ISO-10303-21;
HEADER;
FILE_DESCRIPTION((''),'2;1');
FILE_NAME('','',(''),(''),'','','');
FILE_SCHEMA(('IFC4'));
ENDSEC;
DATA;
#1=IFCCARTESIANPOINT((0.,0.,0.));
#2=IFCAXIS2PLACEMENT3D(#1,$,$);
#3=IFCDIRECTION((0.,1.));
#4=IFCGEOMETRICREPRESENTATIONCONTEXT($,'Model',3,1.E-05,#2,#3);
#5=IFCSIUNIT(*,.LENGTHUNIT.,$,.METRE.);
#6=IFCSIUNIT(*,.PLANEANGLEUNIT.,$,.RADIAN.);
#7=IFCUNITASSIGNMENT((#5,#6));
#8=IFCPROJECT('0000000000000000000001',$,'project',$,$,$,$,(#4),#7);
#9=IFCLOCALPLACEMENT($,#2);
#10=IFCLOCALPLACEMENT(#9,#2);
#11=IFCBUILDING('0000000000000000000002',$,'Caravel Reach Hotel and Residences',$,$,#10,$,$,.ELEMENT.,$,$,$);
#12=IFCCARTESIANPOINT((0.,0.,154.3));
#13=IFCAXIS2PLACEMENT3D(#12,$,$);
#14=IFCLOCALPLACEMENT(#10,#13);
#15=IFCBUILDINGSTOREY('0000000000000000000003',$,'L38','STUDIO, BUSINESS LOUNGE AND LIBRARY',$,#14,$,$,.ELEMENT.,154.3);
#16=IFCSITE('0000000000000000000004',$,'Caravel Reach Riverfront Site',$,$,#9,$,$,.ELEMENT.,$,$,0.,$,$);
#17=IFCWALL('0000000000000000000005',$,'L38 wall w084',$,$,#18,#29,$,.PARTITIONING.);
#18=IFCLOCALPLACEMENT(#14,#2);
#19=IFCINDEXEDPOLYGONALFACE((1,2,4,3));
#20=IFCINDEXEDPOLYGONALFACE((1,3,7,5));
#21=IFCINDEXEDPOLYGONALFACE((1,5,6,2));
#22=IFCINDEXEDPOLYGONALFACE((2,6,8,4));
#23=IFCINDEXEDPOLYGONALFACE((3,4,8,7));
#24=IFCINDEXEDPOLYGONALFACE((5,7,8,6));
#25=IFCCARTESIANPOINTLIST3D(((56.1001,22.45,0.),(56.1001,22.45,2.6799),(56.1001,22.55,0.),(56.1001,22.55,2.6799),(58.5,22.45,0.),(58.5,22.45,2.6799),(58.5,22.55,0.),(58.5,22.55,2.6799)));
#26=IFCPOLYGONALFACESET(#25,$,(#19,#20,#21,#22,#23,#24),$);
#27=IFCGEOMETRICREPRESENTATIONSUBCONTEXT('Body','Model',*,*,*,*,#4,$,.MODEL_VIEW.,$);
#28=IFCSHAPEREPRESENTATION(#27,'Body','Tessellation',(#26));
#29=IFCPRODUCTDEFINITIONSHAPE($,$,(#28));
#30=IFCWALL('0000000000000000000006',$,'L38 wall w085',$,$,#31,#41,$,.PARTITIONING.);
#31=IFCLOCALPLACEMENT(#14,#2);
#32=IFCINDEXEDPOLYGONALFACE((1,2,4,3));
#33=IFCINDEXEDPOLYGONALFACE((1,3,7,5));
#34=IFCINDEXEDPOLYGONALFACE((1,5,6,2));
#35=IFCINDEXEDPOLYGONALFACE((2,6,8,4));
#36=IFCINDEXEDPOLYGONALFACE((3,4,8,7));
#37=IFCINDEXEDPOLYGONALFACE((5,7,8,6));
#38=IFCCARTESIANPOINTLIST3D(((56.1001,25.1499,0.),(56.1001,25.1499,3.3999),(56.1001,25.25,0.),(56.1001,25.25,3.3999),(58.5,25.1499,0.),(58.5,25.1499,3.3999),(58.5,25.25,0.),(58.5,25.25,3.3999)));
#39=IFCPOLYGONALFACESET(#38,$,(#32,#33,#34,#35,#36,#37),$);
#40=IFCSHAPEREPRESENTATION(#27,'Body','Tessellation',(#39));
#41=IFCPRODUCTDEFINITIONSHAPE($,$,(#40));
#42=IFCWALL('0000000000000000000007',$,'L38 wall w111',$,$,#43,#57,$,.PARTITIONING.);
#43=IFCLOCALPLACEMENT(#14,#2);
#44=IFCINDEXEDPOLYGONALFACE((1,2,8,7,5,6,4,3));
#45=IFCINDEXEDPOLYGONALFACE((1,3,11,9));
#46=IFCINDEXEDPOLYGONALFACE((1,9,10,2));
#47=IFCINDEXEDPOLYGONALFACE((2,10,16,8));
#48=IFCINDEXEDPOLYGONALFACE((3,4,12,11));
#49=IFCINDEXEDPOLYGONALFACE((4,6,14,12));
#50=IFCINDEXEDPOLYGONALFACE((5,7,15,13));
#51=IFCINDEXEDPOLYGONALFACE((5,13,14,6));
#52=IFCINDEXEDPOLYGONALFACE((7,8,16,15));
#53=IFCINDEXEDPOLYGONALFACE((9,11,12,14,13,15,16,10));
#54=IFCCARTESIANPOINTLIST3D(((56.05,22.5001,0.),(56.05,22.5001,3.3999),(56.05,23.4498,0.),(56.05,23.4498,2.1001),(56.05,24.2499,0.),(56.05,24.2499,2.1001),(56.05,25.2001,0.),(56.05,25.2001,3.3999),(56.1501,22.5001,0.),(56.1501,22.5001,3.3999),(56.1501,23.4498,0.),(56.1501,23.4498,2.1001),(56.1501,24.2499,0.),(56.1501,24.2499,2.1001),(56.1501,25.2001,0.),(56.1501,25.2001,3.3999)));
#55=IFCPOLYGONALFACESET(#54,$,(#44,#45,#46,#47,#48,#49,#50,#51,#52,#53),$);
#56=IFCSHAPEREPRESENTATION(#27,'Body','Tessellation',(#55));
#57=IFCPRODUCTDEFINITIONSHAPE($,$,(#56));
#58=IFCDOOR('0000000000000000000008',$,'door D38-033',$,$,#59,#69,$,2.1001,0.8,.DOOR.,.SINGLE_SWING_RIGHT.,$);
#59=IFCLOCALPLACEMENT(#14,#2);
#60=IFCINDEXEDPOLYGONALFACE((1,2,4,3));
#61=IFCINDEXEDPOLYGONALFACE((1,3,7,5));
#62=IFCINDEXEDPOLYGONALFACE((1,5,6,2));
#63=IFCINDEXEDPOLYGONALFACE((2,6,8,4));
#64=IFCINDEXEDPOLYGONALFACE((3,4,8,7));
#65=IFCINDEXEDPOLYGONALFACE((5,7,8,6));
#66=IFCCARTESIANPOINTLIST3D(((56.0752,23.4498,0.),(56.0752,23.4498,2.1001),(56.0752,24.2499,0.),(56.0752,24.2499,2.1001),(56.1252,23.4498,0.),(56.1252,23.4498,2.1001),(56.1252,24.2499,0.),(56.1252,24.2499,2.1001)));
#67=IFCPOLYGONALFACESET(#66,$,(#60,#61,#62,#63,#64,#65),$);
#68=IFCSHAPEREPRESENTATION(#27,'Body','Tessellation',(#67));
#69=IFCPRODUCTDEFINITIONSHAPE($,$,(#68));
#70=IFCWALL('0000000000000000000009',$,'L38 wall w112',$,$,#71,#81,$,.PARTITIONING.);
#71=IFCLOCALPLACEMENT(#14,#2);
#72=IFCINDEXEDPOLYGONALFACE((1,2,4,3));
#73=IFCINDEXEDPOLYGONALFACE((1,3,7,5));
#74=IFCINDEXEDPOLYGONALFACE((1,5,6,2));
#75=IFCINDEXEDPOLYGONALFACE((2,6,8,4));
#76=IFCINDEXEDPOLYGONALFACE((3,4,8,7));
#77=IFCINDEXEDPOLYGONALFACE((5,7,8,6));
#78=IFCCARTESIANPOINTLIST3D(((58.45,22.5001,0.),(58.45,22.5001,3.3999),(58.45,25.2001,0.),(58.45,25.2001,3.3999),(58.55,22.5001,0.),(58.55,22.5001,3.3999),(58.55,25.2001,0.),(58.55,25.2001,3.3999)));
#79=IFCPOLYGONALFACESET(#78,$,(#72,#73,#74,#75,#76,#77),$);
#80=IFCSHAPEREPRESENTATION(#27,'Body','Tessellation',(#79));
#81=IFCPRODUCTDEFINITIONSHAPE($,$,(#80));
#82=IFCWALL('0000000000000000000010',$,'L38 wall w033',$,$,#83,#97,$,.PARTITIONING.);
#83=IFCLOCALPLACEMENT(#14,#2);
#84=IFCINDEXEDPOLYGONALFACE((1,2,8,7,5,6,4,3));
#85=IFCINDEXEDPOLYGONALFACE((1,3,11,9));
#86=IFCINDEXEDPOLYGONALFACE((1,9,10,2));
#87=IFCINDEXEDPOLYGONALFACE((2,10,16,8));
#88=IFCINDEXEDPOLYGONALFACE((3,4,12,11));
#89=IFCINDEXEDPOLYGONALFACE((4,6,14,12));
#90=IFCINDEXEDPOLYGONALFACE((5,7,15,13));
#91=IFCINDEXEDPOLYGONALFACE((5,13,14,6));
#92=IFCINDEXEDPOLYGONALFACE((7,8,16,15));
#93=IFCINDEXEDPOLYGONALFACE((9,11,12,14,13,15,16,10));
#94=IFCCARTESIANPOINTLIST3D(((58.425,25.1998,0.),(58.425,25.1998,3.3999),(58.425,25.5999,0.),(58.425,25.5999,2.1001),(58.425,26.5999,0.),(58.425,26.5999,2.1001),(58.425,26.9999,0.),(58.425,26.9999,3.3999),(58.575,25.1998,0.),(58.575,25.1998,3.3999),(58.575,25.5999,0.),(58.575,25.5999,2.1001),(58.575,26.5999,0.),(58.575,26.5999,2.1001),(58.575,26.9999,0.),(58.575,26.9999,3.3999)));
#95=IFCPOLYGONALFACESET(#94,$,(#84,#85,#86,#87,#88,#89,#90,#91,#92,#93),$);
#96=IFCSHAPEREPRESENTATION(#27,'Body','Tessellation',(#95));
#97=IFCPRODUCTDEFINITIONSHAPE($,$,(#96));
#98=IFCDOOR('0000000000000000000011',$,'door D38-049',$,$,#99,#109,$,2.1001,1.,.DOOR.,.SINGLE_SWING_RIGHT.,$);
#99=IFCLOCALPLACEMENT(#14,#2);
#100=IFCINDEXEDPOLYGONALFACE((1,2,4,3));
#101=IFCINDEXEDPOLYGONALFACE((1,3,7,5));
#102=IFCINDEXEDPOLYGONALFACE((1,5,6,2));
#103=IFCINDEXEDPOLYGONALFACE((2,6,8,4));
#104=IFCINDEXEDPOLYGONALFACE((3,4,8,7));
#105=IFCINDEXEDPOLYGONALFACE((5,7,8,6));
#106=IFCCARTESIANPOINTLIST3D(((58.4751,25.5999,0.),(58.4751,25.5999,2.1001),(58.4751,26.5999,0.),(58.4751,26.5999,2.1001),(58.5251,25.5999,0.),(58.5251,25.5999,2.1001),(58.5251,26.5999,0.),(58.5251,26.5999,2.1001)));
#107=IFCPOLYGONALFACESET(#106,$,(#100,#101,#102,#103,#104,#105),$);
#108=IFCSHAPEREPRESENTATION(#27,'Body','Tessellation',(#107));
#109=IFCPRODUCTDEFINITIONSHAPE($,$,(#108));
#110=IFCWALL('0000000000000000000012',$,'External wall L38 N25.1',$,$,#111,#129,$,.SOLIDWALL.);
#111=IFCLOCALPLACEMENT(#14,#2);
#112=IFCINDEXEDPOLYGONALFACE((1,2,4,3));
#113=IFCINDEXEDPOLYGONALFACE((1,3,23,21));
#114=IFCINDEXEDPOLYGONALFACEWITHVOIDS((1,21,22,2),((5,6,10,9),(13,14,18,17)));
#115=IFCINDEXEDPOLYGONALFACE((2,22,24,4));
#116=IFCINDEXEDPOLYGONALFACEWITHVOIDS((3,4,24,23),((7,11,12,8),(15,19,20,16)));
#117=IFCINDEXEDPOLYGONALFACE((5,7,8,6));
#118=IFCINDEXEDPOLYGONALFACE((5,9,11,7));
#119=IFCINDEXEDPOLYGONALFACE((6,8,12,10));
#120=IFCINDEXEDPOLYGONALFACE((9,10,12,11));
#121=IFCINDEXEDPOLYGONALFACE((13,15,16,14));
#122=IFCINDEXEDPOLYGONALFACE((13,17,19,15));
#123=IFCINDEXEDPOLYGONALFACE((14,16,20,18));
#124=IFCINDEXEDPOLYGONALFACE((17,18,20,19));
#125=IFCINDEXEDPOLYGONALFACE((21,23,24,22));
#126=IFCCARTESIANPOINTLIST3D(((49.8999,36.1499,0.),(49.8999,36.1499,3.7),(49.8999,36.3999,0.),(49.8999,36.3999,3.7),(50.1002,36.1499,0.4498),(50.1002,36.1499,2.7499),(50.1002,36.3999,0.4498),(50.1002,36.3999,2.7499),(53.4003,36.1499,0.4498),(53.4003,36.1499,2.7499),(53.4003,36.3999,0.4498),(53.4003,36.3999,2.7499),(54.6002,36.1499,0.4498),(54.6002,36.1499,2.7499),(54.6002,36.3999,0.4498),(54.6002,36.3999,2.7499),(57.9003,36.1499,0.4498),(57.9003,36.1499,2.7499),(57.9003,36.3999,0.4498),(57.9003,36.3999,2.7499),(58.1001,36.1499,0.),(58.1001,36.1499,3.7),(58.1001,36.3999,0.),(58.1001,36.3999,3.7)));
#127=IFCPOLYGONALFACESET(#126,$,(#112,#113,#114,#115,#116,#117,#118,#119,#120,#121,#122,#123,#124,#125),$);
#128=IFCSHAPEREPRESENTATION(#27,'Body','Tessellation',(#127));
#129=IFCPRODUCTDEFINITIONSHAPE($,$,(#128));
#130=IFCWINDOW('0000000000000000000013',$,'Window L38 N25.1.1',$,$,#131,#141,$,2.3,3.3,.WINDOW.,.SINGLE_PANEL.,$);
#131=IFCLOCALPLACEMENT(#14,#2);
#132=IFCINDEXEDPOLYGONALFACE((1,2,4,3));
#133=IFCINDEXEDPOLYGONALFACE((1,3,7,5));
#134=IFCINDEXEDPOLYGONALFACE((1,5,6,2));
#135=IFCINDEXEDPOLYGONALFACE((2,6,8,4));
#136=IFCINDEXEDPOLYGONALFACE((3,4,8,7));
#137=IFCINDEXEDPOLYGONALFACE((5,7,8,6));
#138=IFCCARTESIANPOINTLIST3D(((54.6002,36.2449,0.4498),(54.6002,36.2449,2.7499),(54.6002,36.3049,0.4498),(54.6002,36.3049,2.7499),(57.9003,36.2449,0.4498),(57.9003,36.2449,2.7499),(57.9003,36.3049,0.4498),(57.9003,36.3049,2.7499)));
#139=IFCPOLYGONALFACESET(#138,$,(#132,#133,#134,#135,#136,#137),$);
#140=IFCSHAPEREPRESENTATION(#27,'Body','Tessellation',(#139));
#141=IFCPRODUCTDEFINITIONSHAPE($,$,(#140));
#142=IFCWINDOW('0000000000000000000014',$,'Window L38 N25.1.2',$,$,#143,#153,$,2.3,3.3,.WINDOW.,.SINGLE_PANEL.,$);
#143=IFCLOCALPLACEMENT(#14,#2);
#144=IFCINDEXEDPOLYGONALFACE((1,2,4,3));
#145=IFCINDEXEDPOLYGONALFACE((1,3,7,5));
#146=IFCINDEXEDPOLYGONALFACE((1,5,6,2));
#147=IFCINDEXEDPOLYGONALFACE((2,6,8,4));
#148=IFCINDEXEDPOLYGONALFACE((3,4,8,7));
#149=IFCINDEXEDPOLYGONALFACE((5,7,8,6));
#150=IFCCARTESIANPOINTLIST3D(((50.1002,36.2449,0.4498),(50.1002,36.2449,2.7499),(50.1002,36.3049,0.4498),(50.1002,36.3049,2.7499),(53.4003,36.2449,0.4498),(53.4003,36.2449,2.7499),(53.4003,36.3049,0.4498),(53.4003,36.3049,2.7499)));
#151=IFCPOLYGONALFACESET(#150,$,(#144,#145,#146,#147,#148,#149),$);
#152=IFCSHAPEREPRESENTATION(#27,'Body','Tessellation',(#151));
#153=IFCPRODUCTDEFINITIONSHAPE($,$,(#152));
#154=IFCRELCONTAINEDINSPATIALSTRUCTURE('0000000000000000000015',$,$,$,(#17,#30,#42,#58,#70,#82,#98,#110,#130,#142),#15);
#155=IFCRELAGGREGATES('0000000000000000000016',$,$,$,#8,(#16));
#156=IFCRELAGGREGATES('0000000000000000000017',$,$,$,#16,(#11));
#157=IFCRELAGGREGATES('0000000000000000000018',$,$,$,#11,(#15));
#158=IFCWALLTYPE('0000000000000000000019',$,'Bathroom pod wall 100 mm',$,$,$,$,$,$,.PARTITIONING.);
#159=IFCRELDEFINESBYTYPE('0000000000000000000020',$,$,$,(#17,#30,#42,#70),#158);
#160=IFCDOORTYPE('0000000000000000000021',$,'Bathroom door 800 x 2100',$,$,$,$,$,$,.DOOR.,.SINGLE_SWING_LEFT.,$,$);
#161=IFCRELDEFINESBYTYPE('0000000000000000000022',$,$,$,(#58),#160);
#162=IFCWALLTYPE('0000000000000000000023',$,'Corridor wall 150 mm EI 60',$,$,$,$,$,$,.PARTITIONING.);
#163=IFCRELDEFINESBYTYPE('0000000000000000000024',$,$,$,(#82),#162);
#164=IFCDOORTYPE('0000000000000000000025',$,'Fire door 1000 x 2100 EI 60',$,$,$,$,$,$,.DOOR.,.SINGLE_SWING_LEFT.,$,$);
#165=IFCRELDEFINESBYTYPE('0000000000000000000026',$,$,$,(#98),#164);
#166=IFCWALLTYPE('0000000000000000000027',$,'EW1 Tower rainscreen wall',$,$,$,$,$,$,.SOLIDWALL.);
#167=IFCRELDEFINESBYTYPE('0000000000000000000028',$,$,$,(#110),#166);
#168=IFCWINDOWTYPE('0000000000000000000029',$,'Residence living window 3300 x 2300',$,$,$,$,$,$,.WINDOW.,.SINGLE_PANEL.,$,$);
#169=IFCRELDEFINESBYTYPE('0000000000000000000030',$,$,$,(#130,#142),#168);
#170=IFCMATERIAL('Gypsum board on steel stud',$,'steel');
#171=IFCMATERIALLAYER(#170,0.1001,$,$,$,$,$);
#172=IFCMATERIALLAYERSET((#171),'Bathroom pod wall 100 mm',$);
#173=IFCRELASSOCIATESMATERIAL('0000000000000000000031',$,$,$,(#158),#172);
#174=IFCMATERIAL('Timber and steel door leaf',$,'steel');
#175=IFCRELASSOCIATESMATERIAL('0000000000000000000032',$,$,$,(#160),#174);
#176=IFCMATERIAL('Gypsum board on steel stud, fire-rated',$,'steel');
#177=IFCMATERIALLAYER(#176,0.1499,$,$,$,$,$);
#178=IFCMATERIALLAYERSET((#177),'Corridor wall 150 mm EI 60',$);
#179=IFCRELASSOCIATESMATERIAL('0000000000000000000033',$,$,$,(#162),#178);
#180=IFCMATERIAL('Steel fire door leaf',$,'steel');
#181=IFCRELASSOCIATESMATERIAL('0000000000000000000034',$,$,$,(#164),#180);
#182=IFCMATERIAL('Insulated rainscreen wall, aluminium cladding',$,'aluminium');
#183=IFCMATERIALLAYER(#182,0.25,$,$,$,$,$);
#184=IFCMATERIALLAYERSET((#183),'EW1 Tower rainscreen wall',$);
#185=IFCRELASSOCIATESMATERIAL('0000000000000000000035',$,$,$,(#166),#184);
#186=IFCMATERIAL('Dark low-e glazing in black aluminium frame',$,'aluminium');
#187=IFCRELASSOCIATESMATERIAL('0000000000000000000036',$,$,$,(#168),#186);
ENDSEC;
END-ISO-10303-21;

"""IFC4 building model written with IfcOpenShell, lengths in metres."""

from ifc_helpers import new_model, si_unit, direction, frame, frame_2d, origin, place, context, subcontext, project, spatial, rectangle, extrude, material, layer, layer_set, type_object, element, fill, save


model = new_model("IFC4")

# Units and contexts
model_context = context("Model", 3, precision=1e-05, world=origin(), true_north=direction((0.0, 1.0)))
body_context = subcontext(model_context, "Body", "Model", "MODEL_VIEW")
ifc_project = project(units=[si_unit("LENGTHUNIT", "METRE"), si_unit("PLANEANGLEUNIT", "RADIAN")], contexts=[model_context])

# Site, building, storey
site_placement = place(None, origin())
site = spatial("IfcSite", under=ifc_project, at=site_placement, Name="Caravel Reach Riverfront Site", CompositionType="ELEMENT", RefElevation=0.0)
building_placement = place(site_placement, origin())
building = spatial("IfcBuilding", under=site, at=building_placement, Name="Caravel Reach Hotel and Residences", CompositionType="ELEMENT")
storey_placement = place(building_placement, frame((0.0, 0.0, 154.3)))
storey = spatial("IfcBuildingStorey", under=building, at=storey_placement, Name="L38", Description="STUDIO, BUSINESS LOUNGE AND LIBRARY", CompositionType="ELEMENT", Elevation=154.3)

# Walls
ifc_material_1 = material(Name="Gypsum board on steel stud", Category="steel")
ifc_layer_1 = layer(ifc_material_1, 0.1001)
ifc_layer_set_1 = layer_set([ifc_layer_1], Name="Bathroom pod wall 100 mm")
wall_type_1 = type_object("IfcWallType", Name="Bathroom pod wall 100 mm", PredefinedType="PARTITIONING", material=ifc_layer_set_1)
wall_1_placement = place(storey_placement, frame((56.1001, 22.5, 0.0), z_axis=(0.0, 0.0, 1.0), x_axis=(1.0, 0.0, 0.0)))
element("IfcWall", 1, at=wall_1_placement, inside=storey, type_object=wall_type_1, Name="L38 wall w084", PredefinedType="PARTITIONING", context=body_context, shape_type="SweptSolid", body=[
    extrude(rectangle(XDim=2.3999, YDim=0.1001, at=frame_2d((1.2, 0.0))), origin(), (0.0, 0.0, 1.0), 2.6799),
])
wall_2_placement = place(storey_placement, frame((56.1001, 25.2, 0.0), z_axis=(0.0, 0.0, 1.0), x_axis=(1.0, 0.0, 0.0)))
element("IfcWall", 2, at=wall_2_placement, inside=storey, type_object=wall_type_1, Name="L38 wall w085", PredefinedType="PARTITIONING", context=body_context, shape_type="SweptSolid", body=[
    extrude(rectangle(XDim=2.3999, YDim=0.1001, at=frame_2d((1.2, 0.0))), origin(), (0.0, 0.0, 1.0), 3.3999),
])

# Wall, opening, door
wall_3_placement = place(storey_placement, frame((56.1001, 22.5, 0.0), z_axis=(0.0, 0.0, 1.0), x_axis=(0.0, 1.0, 0.0)))
wall_3 = element("IfcWall", 3, at=wall_3_placement, inside=storey, type_object=wall_type_1, Name="L38 wall w111", PredefinedType="PARTITIONING", context=body_context, shape_type="SweptSolid", body=[
    extrude(rectangle(XDim=2.7, YDim=0.1001, at=frame_2d((1.3501, 0.0))), origin(), (0.0, 0.0, 1.0), 3.3999),
])
opening_1_placement = place(wall_3_placement, frame((0.95, 0.0, 0.0)))
opening_1 = element("IfcOpeningElement", 4, at=opening_1_placement, cuts=wall_3, PredefinedType="OPENING", context=body_context, shape_type="SweptSolid", body=[
    extrude(rectangle(XDim=0.8, YDim=2.1001, at=frame_2d((0.3999, 1.05))), frame((0.0, 0.0601, 0.0), z_axis=(0.0, -1.0, 0.0), x_axis=(1.0, 0.0, 0.0)), (0.0, 0.0, 1.0), 0.1201),
])
ifc_material_2 = material(Name="Timber and steel door leaf", Category="steel")
door_type_1 = type_object("IfcDoorType", Name="Bathroom door 800 x 2100", OperationType="SINGLE_SWING_LEFT", PredefinedType="DOOR", material=ifc_material_2)
door_1_placement = place(opening_1_placement, origin())
door_1 = element("IfcDoor", 5, at=door_1_placement, inside=storey, type_object=door_type_1, Name="door D38-033", OperationType="SINGLE_SWING_RIGHT", OverallHeight=2.1001, OverallWidth=0.8, PredefinedType="DOOR", context=body_context, shape_type="SweptSolid", body=[
    extrude(rectangle(XDim=0.8, YDim=2.1001, at=frame_2d((0.3999, 1.05))), frame((0.0, 0.0249, 0.0), z_axis=(0.0, -1.0, 0.0), x_axis=(1.0, 0.0, 0.0)), (0.0, 0.0, 1.0), 0.05),
])
fill(opening_1, door_1)

# Wall
wall_4_placement = place(storey_placement, frame((58.5, 22.5, 0.0), z_axis=(0.0, 0.0, 1.0), x_axis=(0.0, 1.0, 0.0)))
element("IfcWall", 6, at=wall_4_placement, inside=storey, type_object=wall_type_1, Name="L38 wall w112", PredefinedType="PARTITIONING", context=body_context, shape_type="SweptSolid", body=[
    extrude(rectangle(XDim=2.7, YDim=0.1001, at=frame_2d((1.3501, 0.0))), origin(), (0.0, 0.0, 1.0), 3.3999),
])

# Wall, opening, door
ifc_material_3 = material(Name="Gypsum board on steel stud, fire-rated", Category="steel")
ifc_layer_2 = layer(ifc_material_3, 0.1499)
ifc_layer_set_2 = layer_set([ifc_layer_2], Name="Corridor wall 150 mm EI 60")
wall_type_2 = type_object("IfcWallType", Name="Corridor wall 150 mm EI 60", PredefinedType="PARTITIONING", material=ifc_layer_set_2)
wall_5_placement = place(storey_placement, frame((58.5, 25.2, 0.0), z_axis=(0.0, 0.0, 1.0), x_axis=(0.0, 1.0, 0.0)))
wall_5 = element("IfcWall", 7, at=wall_5_placement, inside=storey, type_object=wall_type_2, Name="L38 wall w033", PredefinedType="PARTITIONING", context=body_context, shape_type="SweptSolid", body=[
    extrude(rectangle(XDim=1.8, YDim=0.1499, at=frame_2d((0.8999, 0.0))), origin(), (0.0, 0.0, 1.0), 3.3999),
])
opening_2_placement = place(wall_5_placement, frame((0.3999, 0.0, 0.0)))
opening_2 = element("IfcOpeningElement", 8, at=opening_2_placement, cuts=wall_5, PredefinedType="OPENING", context=body_context, shape_type="SweptSolid", body=[
    extrude(rectangle(XDim=1.0, YDim=2.1001, at=frame_2d((0.5, 1.05))), frame((0.0, 0.085, 0.0), z_axis=(0.0, -1.0, 0.0), x_axis=(1.0, 0.0, 0.0)), (0.0, 0.0, 1.0), 0.1699),
])
ifc_material_4 = material(Name="Steel fire door leaf", Category="steel")
door_type_2 = type_object("IfcDoorType", Name="Fire door 1000 x 2100 EI 60", OperationType="SINGLE_SWING_LEFT", PredefinedType="DOOR", material=ifc_material_4)
door_2_placement = place(opening_2_placement, origin())
door_2 = element("IfcDoor", 9, at=door_2_placement, inside=storey, type_object=door_type_2, Name="door D38-049", OperationType="SINGLE_SWING_RIGHT", OverallHeight=2.1001, OverallWidth=1.0, PredefinedType="DOOR", context=body_context, shape_type="SweptSolid", body=[
    extrude(rectangle(XDim=1.0, YDim=2.1001, at=frame_2d((0.5, 1.05))), frame((0.0, 0.0249, 0.0), z_axis=(0.0, -1.0, 0.0), x_axis=(1.0, 0.0, 0.0)), (0.0, 0.0, 1.0), 0.05),
])
fill(opening_2, door_2)

# Wall, openings, windows
ifc_material_5 = material(Name="Insulated rainscreen wall, aluminium cladding", Category="aluminium")
ifc_layer_3 = layer(ifc_material_5, 0.25)
ifc_layer_set_3 = layer_set([ifc_layer_3], Name="EW1 Tower rainscreen wall")
wall_type_3 = type_object("IfcWallType", Name="EW1 Tower rainscreen wall", PredefinedType="SOLIDWALL", material=ifc_layer_set_3)
wall_6_placement = place(storey_placement, frame((58.1001, 36.2749, 0.0), z_axis=(0.0, 0.0, 1.0), x_axis=(-1.0, 0.0, 0.0)))
wall_6 = element("IfcWall", 10, at=wall_6_placement, inside=storey, type_object=wall_type_3, Name="External wall L38 N25.1", PredefinedType="SOLIDWALL", context=body_context, shape_type="SweptSolid", body=[
    extrude(rectangle(XDim=8.2002, YDim=0.25, at=frame_2d((4.1001, 0.0))), origin(), (0.0, 0.0, 1.0), 3.7),
])
opening_3_placement = place(wall_6_placement, frame((0.2, 0.0, 0.45)))
opening_3 = element("IfcOpeningElement", 11, at=opening_3_placement, cuts=wall_6, PredefinedType="OPENING", context=body_context, shape_type="SweptSolid", body=[
    extrude(rectangle(XDim=3.3, YDim=2.3, at=frame_2d((1.6499, 1.1499))), frame((0.0, 0.135, 0.0), z_axis=(0.0, -1.0, 0.0), x_axis=(1.0, 0.0, 0.0)), (0.0, 0.0, 1.0), 0.27),
])
opening_4_placement = place(wall_6_placement, frame((4.7, 0.0, 0.45)))
opening_4 = element("IfcOpeningElement", 12, at=opening_4_placement, cuts=wall_6, PredefinedType="OPENING", context=body_context, shape_type="SweptSolid", body=[
    extrude(rectangle(XDim=3.3, YDim=2.3, at=frame_2d((1.6499, 1.1499))), frame((0.0, 0.135, 0.0), z_axis=(0.0, -1.0, 0.0), x_axis=(1.0, 0.0, 0.0)), (0.0, 0.0, 1.0), 0.27),
])
ifc_material_6 = material(Name="Dark low-e glazing in black aluminium frame", Category="aluminium")
window_type_1 = type_object("IfcWindowType", Name="Residence living window 3300 x 2300", PartitioningType="SINGLE_PANEL", PredefinedType="WINDOW", material=ifc_material_6)
window_1_placement = place(opening_3_placement, origin())
window_1 = element("IfcWindow", 13, at=window_1_placement, inside=storey, type_object=window_type_1, Name="Window L38 N25.1.1", OverallHeight=2.3, OverallWidth=3.3, PartitioningType="SINGLE_PANEL", PredefinedType="WINDOW", context=body_context, shape_type="SweptSolid", body=[
    extrude(rectangle(XDim=3.3, YDim=2.3, at=frame_2d((1.6499, 1.1499))), frame((0.0, 0.03, 0.0), z_axis=(0.0, -1.0, 0.0), x_axis=(1.0, 0.0, 0.0)), (0.0, 0.0, 1.0), 0.0601),
])
fill(opening_3, window_1)
window_2_placement = place(opening_4_placement, origin())
window_2 = element("IfcWindow", 14, at=window_2_placement, inside=storey, type_object=window_type_1, Name="Window L38 N25.1.2", OverallHeight=2.3, OverallWidth=3.3, PartitioningType="SINGLE_PANEL", PredefinedType="WINDOW", context=body_context, shape_type="SweptSolid", body=[
    extrude(rectangle(XDim=3.3, YDim=2.3, at=frame_2d((1.6499, 1.1499))), frame((0.0, 0.03, 0.0), z_axis=(0.0, -1.0, 0.0), x_axis=(1.0, 0.0, 0.0)), (0.0, 0.0, 1.0), 0.0601),
])
fill(opening_4, window_2)

save(model, "model.ifc")
